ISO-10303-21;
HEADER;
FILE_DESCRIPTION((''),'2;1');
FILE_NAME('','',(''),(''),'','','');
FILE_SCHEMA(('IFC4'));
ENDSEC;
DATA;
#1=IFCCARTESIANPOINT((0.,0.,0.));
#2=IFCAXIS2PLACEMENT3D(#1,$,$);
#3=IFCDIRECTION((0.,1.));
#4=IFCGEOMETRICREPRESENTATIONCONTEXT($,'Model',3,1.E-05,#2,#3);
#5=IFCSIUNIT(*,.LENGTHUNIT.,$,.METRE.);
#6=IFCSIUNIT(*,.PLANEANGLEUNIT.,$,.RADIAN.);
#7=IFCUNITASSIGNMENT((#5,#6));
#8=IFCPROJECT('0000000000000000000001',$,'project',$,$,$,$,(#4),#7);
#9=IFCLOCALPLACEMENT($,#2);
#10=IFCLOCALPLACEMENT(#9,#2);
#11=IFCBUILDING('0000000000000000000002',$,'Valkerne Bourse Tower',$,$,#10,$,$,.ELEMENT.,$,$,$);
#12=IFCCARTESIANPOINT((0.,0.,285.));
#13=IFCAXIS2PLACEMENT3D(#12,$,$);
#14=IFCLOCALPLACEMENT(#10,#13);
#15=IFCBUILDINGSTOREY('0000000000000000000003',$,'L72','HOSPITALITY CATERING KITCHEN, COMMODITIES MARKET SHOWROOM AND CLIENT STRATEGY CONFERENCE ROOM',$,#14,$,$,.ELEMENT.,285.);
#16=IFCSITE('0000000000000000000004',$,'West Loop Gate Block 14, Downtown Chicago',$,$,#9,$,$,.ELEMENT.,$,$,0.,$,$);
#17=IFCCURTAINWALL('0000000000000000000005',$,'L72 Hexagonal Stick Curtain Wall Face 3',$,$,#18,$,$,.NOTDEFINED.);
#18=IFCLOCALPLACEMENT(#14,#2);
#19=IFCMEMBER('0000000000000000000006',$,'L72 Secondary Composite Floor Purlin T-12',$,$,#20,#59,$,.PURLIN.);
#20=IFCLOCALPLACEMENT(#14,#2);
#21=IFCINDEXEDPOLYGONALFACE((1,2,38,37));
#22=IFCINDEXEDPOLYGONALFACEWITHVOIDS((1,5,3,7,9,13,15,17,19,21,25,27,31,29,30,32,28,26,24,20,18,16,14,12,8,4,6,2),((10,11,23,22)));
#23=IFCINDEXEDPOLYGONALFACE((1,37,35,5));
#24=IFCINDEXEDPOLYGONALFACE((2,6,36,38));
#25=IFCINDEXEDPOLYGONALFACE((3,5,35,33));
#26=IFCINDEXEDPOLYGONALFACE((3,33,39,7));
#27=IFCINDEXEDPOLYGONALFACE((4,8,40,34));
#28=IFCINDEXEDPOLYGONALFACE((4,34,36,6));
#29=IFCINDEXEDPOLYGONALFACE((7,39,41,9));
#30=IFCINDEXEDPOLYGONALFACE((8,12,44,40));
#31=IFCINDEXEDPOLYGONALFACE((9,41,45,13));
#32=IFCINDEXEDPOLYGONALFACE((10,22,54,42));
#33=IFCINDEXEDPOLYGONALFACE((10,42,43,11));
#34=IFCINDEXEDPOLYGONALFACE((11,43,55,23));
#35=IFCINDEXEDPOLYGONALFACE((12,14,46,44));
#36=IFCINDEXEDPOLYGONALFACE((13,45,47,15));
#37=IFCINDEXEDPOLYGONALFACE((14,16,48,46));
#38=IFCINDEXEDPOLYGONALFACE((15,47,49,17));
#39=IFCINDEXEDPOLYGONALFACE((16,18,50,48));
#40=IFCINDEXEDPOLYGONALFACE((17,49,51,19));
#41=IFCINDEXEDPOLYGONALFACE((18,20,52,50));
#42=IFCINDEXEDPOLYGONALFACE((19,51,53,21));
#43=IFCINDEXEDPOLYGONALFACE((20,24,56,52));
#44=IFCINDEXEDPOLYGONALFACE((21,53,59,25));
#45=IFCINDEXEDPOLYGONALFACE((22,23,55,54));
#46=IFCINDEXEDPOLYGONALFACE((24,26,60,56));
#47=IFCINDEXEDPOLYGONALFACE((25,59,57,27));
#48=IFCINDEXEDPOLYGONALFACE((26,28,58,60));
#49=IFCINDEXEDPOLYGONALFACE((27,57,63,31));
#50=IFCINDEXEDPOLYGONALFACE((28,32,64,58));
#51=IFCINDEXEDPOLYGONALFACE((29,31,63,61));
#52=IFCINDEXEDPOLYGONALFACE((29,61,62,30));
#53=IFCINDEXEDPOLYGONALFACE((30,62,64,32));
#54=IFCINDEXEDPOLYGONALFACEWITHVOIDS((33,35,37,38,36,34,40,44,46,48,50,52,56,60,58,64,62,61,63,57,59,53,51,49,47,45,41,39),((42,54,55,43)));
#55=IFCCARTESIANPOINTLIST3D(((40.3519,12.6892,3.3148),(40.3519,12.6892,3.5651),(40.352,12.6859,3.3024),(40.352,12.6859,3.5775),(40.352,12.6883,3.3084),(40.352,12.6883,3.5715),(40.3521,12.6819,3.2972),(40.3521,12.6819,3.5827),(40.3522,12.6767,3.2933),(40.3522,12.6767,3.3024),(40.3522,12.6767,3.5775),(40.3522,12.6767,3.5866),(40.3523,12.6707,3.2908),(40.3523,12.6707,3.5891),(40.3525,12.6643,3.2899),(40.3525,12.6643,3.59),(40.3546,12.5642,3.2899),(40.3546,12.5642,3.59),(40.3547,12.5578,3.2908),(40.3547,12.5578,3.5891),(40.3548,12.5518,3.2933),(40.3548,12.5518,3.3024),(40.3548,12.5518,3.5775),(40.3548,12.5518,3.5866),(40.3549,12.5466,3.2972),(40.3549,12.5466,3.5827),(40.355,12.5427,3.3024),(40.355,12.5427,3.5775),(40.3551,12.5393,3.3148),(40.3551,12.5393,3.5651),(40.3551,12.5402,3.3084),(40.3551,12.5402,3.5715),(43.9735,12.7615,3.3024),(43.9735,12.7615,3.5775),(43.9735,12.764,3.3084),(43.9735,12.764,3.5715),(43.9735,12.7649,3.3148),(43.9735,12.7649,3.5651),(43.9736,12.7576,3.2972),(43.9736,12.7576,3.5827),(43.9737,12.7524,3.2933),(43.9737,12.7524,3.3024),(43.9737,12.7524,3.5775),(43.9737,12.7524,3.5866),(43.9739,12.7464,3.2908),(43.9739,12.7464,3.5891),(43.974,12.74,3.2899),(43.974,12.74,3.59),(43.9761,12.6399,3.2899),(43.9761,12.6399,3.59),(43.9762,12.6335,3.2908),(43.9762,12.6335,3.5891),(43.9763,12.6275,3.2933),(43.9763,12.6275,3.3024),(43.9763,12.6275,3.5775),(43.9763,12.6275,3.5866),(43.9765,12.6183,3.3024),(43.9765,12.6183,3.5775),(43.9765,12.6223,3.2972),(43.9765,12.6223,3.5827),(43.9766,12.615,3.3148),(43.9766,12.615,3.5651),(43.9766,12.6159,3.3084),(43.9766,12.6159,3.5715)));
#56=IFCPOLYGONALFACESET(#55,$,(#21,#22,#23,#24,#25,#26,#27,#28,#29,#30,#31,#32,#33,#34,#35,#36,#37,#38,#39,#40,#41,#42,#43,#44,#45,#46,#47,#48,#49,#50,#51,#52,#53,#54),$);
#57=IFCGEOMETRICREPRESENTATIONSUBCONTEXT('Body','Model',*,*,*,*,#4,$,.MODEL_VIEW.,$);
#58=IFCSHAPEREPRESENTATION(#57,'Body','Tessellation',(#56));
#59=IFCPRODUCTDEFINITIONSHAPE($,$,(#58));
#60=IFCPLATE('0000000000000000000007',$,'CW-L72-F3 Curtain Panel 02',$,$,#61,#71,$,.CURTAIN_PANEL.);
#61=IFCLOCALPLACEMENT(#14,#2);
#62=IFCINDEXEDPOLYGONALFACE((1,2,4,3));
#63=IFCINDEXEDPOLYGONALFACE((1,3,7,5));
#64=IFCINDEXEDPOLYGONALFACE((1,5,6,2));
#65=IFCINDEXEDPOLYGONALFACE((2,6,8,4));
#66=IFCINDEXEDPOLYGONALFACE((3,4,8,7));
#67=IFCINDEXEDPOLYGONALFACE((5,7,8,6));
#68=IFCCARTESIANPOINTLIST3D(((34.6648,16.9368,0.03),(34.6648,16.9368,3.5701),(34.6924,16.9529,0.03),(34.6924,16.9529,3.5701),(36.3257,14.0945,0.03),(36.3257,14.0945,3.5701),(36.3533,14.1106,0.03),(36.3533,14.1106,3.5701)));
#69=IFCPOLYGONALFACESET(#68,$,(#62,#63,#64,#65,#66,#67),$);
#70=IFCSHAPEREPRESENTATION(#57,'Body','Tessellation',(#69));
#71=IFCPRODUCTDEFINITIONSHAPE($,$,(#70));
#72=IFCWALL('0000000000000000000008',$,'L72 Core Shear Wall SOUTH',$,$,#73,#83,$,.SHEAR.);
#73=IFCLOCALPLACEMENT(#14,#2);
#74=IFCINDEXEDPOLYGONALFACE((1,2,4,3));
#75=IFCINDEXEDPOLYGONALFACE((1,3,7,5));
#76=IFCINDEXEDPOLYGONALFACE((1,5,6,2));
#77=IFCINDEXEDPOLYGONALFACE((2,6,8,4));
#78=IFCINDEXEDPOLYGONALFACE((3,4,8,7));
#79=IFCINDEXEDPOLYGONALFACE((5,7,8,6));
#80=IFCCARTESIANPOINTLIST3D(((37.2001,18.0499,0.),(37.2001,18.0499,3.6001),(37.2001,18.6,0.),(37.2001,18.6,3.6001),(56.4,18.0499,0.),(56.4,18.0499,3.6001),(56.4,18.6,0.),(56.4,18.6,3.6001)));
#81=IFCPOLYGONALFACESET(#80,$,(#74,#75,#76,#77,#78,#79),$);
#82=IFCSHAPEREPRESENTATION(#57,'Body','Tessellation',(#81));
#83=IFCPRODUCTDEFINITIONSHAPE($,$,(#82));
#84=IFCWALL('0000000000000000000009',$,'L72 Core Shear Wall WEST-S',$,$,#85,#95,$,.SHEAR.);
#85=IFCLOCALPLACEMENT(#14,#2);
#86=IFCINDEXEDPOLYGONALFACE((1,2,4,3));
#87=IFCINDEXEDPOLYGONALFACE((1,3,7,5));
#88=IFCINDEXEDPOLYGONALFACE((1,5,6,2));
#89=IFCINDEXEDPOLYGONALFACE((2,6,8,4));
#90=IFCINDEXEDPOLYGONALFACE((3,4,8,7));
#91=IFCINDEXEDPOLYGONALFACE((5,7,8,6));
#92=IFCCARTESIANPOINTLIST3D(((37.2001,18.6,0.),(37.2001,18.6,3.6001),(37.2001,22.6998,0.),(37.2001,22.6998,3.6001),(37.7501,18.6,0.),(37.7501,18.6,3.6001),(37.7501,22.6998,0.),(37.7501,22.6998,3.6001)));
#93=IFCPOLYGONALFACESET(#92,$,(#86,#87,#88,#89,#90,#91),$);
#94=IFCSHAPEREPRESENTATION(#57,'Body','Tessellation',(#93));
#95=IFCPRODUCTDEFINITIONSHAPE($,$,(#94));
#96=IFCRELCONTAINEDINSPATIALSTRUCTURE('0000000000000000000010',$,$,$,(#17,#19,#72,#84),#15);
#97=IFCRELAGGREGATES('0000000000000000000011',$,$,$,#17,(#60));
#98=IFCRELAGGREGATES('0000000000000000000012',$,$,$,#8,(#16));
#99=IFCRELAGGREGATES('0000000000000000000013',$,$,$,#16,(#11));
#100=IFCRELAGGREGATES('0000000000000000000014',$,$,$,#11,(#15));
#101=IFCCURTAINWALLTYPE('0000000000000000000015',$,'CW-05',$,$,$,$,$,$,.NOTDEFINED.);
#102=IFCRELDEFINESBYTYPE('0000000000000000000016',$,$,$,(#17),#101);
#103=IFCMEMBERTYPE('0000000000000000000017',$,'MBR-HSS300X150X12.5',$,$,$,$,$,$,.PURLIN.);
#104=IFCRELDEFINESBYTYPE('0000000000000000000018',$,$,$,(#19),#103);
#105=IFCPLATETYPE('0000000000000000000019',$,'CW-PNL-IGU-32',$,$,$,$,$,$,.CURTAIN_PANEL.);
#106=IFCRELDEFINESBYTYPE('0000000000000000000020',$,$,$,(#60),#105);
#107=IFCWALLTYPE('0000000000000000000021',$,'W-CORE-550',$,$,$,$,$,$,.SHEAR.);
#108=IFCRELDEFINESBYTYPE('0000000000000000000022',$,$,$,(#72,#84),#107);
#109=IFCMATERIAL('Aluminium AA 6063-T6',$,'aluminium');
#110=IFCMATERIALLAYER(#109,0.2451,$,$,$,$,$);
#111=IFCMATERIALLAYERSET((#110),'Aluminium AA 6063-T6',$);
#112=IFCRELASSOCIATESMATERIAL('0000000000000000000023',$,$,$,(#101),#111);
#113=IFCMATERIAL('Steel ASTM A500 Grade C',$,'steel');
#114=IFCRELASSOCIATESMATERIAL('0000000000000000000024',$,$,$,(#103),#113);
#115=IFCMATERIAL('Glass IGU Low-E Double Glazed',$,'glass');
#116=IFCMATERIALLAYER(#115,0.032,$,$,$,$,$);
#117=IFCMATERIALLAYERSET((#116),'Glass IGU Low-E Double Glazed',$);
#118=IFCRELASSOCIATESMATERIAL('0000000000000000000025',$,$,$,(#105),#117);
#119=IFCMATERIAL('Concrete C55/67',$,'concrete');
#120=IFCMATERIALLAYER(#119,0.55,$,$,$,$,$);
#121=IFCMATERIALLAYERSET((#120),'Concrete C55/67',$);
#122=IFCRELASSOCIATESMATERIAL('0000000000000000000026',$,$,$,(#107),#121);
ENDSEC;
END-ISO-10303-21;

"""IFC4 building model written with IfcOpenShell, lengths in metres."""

from ifc_helpers import new_model, si_unit, direction, frame, frame_2d, origin, origin_2d, place, context, subcontext, project, spatial, rectangle, hollow_rectangle, extrude, material, layer, layer_set, material_profile, profile_set, type_object, element, aggregate, save


model = new_model("IFC4")

# Units and contexts
model_context = context("Model", 3, precision=1e-05, world=origin(), true_north=direction((0.0, 1.0)))
body_context = subcontext(model_context, "Body", "Model", "MODEL_VIEW")
ifc_project = project(units=[si_unit("LENGTHUNIT", "METRE"), si_unit("PLANEANGLEUNIT", "RADIAN")], contexts=[model_context])

# Site, building, storey
site_placement = place(None, origin())
site = spatial("IfcSite", under=ifc_project, at=site_placement, Name="West Loop Gate Block 14, Downtown Chicago", CompositionType="ELEMENT", RefElevation=0.0)
building_placement = place(site_placement, origin())
building = spatial("IfcBuilding", under=site, at=building_placement, Name="Valkerne Bourse Tower", CompositionType="ELEMENT")
storey_placement = place(building_placement, frame((0.0, 0.0, 285.0)))
storey = spatial("IfcBuildingStorey", under=building, at=storey_placement, Name="L72", Description="HOSPITALITY CATERING KITCHEN, COMMODITIES MARKET SHOWROOM AND CLIENT STRATEGY CONFERENCE ROOM", CompositionType="ELEMENT", Elevation=285.0)

# Curtain wall
ifc_material_1 = material(Name="Aluminium AA 6063-T6", Category="aluminium")
ifc_layer_1 = layer(ifc_material_1, 0.2451)
ifc_layer_set_1 = layer_set([ifc_layer_1], Name="Aluminium AA 6063-T6")
curtain_wall_type = type_object("IfcCurtainWallType", Name="CW-05", PredefinedType="NOTDEFINED", material=ifc_layer_set_1)
curtain_wall_placement = place(storey_placement, origin())
curtain_wall = element("IfcCurtainWall", 1, at=curtain_wall_placement, inside=storey, type_object=curtain_wall_type, Name="L72 Hexagonal Stick Curtain Wall Face 3", PredefinedType="NOTDEFINED")

# Member
ifc_material_2 = material(Name="Steel ASTM A500 Grade C", Category="steel")
ifc_material_profile_1 = material_profile(ifc_material_2, hollow_rectangle(XDim=0.1499, YDim=0.3, WallThickness=0.0125, OuterFilletRadius=0.0249, at=origin_2d()), Name="HSS300X150X12.5")
ifc_profile_set_1 = profile_set([ifc_material_profile_1], Name="Steel ASTM A500 Grade C")
member_type_1 = type_object("IfcMemberType", Name="MBR-HSS300X150X12.5", PredefinedType="PURLIN", material=ifc_profile_set_1)
member_1_placement = place(storey_placement, frame((40.3535, 12.6143, 3.4399), z_axis=(0.999782, 0.020893, 0.0), x_axis=(-0.020893, 0.999782, 0.0)))
element("IfcMember", 2, at=member_1_placement, inside=storey, type_object=member_type_1, Name="L72 Secondary Composite Floor Purlin T-12", PredefinedType="PURLIN", context=body_context, shape_type="SweptSolid", body=[
    extrude(hollow_rectangle(XDim=0.1499, YDim=0.3, WallThickness=0.0125, OuterFilletRadius=0.0249, at=origin_2d()), origin(), (0.0, 0.0, 1.0), 3.6223),
])

# Plate
ifc_material_3 = material(Name="Glass IGU Low-E Double Glazed", Category="glass")
ifc_layer_2 = layer(ifc_material_3, 0.032)
ifc_layer_set_2 = layer_set([ifc_layer_2], Name="Glass IGU Low-E Double Glazed")
plate_type = type_object("IfcPlateType", Name="CW-PNL-IGU-32", PredefinedType="CURTAIN_PANEL", material=ifc_layer_set_2)
plate_placement = place(storey_placement, frame((35.509, 15.5237, 0.03), z_axis=(0.0, 0.0, 1.0), x_axis=(0.504535, -0.863391, 0.0)))
plate = element("IfcPlate", 3, at=plate_placement, type_object=plate_type, Name="CW-L72-F3 Curtain Panel 02", PredefinedType="CURTAIN_PANEL", context=body_context, shape_type="SweptSolid", body=[
    extrude(rectangle(XDim=3.292, YDim=0.032, at=origin_2d()), origin(), (0.0, 0.0, 1.0), 3.54),
])
aggregate(curtain_wall, [plate])

# Walls
ifc_material_4 = material(Name="Concrete C55/67", Category="concrete")
ifc_layer_3 = layer(ifc_material_4, 0.55)
ifc_layer_set_3 = layer_set([ifc_layer_3], Name="Concrete C55/67")
wall_type = type_object("IfcWallType", Name="W-CORE-550", PredefinedType="SHEAR", material=ifc_layer_set_3)
wall_1_placement = place(storey_placement, frame((37.2, 18.325, 0.0), z_axis=(0.0, 0.0, 1.0), x_axis=(1.0, 0.0, 0.0)))
element("IfcWall", 4, at=wall_1_placement, inside=storey, type_object=wall_type, Name="L72 Core Shear Wall SOUTH", PredefinedType="SHEAR", context=body_context, shape_type="SweptSolid", body=[
    extrude(rectangle(XDim=19.2, YDim=0.55, at=frame_2d((9.6001, 0.0))), origin(), (0.0, 0.0, 1.0), 3.6001),
])
wall_2_placement = place(storey_placement, frame((37.4751, 18.6001, 0.0), z_axis=(0.0, 0.0, 1.0), x_axis=(0.0, 1.0, 0.0)))
element("IfcWall", 5, at=wall_2_placement, inside=storey, type_object=wall_type, Name="L72 Core Shear Wall WEST-S", PredefinedType="SHEAR", context=body_context, shape_type="SweptSolid", body=[
    extrude(rectangle(XDim=4.0999, YDim=0.55, at=frame_2d((2.0498, 0.0))), origin(), (0.0, 0.0, 1.0), 3.6001),
])

save(model, "model.ifc")
